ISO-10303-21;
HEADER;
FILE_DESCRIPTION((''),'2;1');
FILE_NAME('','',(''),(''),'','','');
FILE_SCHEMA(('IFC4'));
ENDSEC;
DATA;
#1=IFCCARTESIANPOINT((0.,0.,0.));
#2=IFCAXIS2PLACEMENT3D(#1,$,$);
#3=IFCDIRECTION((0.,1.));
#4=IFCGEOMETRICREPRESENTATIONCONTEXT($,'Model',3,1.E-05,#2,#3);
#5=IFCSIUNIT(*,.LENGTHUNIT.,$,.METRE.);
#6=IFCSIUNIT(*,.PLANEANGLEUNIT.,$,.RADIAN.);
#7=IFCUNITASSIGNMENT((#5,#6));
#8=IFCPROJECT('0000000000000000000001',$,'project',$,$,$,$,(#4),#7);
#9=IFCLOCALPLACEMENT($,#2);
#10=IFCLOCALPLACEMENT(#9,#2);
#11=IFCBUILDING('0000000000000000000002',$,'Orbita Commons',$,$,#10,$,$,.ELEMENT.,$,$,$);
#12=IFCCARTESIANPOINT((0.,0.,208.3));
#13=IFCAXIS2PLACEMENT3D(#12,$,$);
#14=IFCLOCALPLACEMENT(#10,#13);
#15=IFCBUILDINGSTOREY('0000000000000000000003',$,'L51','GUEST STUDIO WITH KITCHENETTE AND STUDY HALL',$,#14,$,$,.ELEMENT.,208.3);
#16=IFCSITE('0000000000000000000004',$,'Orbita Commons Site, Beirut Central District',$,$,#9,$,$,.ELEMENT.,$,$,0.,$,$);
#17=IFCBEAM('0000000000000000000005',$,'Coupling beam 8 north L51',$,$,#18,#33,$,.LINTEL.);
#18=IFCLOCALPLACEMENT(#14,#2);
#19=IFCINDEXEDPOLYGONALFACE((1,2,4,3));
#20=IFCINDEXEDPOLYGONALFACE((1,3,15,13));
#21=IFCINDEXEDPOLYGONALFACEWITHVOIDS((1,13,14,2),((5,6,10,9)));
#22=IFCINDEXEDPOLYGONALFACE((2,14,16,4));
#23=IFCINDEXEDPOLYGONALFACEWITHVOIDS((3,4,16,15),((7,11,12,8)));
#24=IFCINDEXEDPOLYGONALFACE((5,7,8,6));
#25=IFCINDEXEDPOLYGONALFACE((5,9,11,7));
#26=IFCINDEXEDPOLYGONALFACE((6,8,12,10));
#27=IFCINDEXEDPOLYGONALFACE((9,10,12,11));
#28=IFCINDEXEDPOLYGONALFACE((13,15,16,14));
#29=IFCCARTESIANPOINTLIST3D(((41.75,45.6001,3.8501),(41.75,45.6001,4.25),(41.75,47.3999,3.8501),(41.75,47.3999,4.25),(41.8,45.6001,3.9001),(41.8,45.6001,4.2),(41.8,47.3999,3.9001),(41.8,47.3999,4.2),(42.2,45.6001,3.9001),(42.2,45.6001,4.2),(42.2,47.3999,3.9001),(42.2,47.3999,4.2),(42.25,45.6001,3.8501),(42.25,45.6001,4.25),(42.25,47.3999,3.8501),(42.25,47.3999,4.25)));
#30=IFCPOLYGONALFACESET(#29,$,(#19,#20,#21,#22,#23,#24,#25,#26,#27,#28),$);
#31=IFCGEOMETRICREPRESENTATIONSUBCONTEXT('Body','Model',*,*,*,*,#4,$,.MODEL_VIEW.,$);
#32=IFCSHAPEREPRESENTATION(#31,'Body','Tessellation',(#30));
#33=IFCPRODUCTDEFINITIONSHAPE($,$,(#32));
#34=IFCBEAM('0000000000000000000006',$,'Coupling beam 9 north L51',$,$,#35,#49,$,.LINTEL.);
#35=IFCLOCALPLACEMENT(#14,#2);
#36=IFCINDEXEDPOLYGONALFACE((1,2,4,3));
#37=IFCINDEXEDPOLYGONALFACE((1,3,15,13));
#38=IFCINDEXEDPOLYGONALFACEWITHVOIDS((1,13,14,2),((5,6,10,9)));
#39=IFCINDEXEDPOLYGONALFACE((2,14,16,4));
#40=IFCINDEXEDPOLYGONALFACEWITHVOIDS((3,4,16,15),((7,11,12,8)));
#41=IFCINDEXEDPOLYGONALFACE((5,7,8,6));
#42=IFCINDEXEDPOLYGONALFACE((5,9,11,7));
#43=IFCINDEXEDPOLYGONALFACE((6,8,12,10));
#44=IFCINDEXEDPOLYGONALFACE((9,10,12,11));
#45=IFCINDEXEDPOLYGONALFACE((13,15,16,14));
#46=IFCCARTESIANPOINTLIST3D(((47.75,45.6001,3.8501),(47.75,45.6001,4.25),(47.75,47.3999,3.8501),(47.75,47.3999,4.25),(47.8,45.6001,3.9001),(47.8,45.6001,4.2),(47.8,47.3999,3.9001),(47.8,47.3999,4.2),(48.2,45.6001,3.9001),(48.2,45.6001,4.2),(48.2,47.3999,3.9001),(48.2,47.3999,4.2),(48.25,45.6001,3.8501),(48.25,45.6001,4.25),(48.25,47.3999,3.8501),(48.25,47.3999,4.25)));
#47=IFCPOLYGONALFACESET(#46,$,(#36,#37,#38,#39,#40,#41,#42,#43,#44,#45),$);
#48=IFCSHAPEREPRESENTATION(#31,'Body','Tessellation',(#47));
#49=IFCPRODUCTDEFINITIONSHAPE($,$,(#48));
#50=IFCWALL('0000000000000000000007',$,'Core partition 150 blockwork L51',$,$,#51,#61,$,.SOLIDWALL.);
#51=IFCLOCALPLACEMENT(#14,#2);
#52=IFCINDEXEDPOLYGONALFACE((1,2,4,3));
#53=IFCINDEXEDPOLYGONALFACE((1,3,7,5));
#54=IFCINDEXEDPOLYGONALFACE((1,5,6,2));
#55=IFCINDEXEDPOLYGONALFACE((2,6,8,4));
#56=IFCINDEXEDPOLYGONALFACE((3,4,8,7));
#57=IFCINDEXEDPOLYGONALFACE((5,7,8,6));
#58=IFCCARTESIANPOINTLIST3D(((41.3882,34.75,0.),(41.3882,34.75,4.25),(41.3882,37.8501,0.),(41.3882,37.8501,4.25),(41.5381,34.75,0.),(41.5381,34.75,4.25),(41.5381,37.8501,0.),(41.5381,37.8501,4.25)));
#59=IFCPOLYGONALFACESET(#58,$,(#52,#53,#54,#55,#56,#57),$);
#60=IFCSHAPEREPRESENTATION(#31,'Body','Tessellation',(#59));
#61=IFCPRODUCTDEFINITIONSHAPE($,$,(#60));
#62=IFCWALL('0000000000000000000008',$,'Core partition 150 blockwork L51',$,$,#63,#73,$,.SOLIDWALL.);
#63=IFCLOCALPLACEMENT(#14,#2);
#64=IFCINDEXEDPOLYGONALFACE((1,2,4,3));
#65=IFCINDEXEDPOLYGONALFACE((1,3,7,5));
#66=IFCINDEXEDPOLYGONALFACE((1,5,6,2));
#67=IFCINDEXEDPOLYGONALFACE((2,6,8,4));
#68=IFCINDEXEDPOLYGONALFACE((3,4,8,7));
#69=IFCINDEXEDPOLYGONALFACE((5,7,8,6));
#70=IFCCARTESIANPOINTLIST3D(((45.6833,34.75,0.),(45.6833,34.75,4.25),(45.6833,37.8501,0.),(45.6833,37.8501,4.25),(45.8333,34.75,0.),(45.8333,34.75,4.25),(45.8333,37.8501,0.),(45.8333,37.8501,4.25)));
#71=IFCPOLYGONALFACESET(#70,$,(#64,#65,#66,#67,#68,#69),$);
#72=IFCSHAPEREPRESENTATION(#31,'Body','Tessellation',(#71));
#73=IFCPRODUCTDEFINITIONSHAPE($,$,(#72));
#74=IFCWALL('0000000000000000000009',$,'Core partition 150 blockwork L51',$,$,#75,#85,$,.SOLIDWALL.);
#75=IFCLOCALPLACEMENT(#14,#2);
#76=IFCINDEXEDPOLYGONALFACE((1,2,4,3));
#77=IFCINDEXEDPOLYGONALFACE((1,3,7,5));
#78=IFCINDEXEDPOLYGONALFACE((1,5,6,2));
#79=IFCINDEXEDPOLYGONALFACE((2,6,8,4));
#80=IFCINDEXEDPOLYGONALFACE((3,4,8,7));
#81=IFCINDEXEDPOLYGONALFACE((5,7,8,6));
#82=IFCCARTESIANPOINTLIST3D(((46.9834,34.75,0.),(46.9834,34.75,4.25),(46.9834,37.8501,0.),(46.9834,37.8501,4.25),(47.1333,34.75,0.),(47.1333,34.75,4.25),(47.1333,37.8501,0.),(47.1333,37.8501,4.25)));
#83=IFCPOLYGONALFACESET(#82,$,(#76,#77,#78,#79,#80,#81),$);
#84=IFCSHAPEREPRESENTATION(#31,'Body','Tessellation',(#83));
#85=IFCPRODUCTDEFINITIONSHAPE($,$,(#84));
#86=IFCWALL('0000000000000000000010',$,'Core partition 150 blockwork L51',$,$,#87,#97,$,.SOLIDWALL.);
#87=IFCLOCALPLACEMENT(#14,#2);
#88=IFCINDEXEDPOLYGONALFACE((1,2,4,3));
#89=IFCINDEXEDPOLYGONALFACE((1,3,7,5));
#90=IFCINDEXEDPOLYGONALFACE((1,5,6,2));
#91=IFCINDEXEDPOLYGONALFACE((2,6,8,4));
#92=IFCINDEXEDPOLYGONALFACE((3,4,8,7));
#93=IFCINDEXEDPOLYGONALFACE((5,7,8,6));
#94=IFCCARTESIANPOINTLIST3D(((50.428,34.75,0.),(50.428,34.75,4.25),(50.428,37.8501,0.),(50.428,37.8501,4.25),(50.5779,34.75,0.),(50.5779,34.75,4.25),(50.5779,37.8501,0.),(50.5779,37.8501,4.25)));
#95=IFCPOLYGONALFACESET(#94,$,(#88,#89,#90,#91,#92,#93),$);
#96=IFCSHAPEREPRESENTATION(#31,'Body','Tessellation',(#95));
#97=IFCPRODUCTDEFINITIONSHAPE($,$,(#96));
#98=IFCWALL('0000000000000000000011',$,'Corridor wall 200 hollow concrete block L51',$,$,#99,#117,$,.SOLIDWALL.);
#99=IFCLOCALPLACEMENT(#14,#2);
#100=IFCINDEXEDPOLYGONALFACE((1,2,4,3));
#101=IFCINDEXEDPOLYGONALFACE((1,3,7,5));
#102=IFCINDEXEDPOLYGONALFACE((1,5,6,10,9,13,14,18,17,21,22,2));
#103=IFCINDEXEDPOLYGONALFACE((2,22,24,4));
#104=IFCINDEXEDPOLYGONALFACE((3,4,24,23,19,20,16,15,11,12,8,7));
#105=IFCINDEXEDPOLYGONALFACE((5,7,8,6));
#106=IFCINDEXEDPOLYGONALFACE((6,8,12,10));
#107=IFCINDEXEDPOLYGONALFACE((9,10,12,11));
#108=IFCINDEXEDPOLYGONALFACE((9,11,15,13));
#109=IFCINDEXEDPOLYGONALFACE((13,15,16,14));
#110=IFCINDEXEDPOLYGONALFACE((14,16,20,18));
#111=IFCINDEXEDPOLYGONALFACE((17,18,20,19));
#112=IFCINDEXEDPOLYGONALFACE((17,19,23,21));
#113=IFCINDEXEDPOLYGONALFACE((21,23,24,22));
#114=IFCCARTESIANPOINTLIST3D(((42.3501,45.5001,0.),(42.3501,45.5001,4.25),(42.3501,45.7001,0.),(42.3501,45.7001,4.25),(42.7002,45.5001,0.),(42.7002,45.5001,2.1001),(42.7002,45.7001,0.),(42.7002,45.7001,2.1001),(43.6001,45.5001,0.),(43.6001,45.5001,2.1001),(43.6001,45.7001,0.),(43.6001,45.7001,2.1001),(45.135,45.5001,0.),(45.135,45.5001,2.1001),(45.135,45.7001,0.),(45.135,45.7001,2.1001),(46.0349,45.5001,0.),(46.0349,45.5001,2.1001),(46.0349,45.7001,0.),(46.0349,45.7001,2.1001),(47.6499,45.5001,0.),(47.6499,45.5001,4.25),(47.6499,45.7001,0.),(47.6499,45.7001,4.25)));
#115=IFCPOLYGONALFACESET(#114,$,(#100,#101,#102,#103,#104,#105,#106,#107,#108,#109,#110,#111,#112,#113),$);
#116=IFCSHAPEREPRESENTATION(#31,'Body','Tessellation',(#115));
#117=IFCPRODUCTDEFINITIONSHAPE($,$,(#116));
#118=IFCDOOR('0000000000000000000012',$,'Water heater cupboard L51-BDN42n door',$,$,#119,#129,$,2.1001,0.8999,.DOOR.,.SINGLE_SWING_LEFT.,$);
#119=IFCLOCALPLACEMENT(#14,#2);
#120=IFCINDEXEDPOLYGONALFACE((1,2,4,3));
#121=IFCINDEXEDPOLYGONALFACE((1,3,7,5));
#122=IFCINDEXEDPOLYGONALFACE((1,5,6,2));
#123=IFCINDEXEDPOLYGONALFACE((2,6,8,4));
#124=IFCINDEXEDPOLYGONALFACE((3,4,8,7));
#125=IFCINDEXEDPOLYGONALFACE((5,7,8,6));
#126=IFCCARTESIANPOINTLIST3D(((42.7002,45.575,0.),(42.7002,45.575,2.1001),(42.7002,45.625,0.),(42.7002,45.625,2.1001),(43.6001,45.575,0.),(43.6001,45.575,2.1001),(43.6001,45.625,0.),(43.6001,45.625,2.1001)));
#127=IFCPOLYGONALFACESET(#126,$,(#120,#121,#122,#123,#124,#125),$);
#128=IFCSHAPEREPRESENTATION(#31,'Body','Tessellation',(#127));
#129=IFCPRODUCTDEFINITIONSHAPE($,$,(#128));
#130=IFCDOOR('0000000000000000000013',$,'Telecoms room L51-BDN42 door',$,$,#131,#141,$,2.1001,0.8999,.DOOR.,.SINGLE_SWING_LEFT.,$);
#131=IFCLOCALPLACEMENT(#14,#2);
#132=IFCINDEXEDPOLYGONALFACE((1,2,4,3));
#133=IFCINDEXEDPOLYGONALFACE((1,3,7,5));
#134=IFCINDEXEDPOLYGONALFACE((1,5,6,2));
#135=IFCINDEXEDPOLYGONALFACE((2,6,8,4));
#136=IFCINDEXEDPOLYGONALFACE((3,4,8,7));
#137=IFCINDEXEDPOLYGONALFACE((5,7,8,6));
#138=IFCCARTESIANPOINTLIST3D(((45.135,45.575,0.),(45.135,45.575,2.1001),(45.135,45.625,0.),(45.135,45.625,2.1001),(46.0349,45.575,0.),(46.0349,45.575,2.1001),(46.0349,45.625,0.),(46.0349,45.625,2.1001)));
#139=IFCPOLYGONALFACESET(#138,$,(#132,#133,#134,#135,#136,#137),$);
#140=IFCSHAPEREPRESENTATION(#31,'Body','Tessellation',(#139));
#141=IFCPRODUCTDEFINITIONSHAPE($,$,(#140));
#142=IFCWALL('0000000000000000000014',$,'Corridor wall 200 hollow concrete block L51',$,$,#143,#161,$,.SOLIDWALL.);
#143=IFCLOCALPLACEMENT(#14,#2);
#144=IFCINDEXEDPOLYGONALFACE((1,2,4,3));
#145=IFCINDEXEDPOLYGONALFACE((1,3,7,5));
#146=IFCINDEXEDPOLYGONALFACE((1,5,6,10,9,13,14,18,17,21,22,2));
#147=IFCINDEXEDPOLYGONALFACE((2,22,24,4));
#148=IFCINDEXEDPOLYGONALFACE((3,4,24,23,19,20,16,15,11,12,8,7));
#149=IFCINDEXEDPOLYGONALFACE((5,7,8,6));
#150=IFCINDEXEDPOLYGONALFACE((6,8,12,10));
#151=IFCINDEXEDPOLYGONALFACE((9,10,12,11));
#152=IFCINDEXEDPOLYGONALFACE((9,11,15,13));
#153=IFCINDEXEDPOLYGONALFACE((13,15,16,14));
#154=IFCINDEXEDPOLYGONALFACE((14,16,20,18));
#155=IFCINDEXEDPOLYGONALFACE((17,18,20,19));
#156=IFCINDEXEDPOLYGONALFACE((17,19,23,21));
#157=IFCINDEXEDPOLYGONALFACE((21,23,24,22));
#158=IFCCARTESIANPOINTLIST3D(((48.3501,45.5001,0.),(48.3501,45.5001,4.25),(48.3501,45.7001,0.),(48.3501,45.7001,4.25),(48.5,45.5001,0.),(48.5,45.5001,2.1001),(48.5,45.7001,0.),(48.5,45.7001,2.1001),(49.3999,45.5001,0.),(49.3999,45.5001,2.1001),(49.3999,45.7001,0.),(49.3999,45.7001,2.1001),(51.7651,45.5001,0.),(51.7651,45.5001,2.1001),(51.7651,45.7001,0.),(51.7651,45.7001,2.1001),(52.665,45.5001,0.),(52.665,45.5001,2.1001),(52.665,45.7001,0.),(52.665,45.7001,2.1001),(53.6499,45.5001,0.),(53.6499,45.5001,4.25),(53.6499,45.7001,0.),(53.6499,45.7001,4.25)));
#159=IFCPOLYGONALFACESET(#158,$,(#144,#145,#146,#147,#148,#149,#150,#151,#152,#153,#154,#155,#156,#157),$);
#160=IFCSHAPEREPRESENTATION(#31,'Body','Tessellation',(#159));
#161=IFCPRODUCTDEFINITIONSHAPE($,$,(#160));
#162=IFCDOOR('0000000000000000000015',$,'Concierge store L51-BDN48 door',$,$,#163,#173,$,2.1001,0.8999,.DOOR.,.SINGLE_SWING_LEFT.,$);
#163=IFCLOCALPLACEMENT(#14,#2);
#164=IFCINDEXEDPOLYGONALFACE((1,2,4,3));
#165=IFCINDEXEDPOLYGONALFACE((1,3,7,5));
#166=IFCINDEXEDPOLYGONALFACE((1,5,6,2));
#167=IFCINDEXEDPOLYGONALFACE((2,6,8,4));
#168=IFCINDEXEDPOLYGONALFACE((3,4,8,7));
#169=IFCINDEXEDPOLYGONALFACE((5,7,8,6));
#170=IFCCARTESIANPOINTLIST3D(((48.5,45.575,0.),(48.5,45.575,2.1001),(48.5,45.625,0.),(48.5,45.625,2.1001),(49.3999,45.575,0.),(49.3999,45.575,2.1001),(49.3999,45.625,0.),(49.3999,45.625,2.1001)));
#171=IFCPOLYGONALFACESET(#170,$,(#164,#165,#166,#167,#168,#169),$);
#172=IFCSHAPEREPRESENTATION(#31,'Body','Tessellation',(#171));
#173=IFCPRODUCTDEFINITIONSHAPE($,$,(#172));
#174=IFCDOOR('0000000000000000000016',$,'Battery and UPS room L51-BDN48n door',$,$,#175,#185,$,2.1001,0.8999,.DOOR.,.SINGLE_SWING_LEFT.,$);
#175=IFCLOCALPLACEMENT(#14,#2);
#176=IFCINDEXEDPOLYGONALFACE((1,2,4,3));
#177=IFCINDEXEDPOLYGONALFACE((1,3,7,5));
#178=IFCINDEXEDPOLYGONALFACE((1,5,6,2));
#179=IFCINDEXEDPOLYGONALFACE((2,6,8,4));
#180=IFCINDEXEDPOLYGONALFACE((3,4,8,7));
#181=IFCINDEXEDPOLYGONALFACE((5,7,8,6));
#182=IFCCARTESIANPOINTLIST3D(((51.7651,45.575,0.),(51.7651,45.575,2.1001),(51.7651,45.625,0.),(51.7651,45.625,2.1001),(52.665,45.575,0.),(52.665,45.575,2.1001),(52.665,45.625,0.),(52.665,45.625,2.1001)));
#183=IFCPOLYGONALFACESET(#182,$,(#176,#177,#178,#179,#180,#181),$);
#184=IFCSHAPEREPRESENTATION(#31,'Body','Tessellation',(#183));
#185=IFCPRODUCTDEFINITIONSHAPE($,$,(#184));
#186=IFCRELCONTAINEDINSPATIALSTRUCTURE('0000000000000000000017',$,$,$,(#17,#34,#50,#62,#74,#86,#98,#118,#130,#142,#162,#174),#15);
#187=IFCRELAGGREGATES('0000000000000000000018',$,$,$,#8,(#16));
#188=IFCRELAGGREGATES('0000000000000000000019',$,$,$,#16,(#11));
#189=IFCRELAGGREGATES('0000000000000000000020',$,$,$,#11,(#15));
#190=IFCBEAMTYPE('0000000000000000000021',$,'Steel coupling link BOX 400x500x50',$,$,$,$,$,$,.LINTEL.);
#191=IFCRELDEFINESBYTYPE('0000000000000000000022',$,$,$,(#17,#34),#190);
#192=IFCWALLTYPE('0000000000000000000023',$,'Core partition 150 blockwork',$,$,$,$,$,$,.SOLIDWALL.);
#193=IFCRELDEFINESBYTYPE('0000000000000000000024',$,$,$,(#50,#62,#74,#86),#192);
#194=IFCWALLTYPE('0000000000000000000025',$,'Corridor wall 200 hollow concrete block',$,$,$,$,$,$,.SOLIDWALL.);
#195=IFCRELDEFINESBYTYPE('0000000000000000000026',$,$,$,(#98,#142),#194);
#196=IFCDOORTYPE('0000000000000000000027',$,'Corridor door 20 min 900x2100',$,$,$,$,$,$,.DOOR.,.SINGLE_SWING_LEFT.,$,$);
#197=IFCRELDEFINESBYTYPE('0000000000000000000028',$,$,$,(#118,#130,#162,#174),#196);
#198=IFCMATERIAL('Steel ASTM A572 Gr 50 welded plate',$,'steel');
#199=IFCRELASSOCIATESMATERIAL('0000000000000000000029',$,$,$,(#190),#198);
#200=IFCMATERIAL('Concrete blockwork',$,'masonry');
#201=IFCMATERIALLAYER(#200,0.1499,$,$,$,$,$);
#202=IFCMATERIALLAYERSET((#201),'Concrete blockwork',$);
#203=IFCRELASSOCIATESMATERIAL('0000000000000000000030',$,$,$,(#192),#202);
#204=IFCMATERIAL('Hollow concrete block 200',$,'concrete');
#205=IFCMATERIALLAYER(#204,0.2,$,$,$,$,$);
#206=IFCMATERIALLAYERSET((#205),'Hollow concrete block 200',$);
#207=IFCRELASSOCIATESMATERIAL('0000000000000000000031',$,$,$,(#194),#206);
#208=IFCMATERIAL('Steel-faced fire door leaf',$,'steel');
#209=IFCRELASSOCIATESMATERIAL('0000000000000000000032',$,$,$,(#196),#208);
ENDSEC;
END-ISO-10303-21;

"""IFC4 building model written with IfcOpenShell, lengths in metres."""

from ifc_helpers import new_model, si_unit, direction, frame, frame_2d, origin, origin_2d, place, context, subcontext, project, spatial, rectangle, hollow_rectangle, extrude, material, layer, layer_set, material_profile, profile_set, type_object, element, fill, save


model = new_model("IFC4")

# Units and contexts
model_context = context("Model", 3, precision=1e-05, world=origin(), true_north=direction((0.0, 1.0)))
body_context = subcontext(model_context, "Body", "Model", "MODEL_VIEW")
ifc_project = project(units=[si_unit("LENGTHUNIT", "METRE"), si_unit("PLANEANGLEUNIT", "RADIAN")], contexts=[model_context])

# Site, building, storey
site_placement = place(None, origin())
site = spatial("IfcSite", under=ifc_project, at=site_placement, Name="Orbita Commons Site, Beirut Central District", CompositionType="ELEMENT", RefElevation=0.0)
building_placement = place(site_placement, origin())
building = spatial("IfcBuilding", under=site, at=building_placement, Name="Orbita Commons", CompositionType="ELEMENT")
storey_placement = place(building_placement, frame((0.0, 0.0, 208.3)))
storey = spatial("IfcBuildingStorey", under=building, at=storey_placement, Name="L51", Description="GUEST STUDIO WITH KITCHENETTE AND STUDY HALL", CompositionType="ELEMENT", Elevation=208.3)

# Beams
ifc_material_1 = material(Name="Steel ASTM A572 Gr 50 welded plate", Category="steel")
ifc_material_profile = material_profile(ifc_material_1, hollow_rectangle(XDim=0.5, YDim=0.3999, WallThickness=0.05, at=origin_2d()), Name="BOX 400x500x50")
ifc_profile_set = profile_set([ifc_material_profile], Name="Steel ASTM A572 Gr 50 welded plate")
beam_type = type_object("IfcBeamType", Name="Steel coupling link BOX 400x500x50", PredefinedType="LINTEL", material=ifc_profile_set)
for number, where, z_axis, x_axis, name in (
    (1, (42.0, 45.6001, 4.05), (0.0, 1.0, 0.0), (-1.0, 0.0, 0.0), "Coupling beam 8 north L51"),
    (2, (48.0, 45.6001, 4.05), (0.0, 1.0, 0.0), (-1.0, 0.0, 0.0), "Coupling beam 9 north L51"),
):
    element("IfcBeam", number, at=place(storey_placement, frame(where, z_axis=z_axis, x_axis=x_axis)), inside=storey, type_object=beam_type, Name=name, PredefinedType="LINTEL", context=body_context, shape_type="SweptSolid", body=[
        extrude(hollow_rectangle(XDim=0.5, YDim=0.3999, WallThickness=0.05, at=origin_2d()), origin(), (0.0, 0.0, 1.0), 1.7998),
    ])

# Walls
ifc_material_2 = material(Name="Concrete blockwork", Category="masonry")
ifc_layer_1 = layer(ifc_material_2, 0.1499)
ifc_layer_set_1 = layer_set([ifc_layer_1], Name="Concrete blockwork")
wall_type_1 = type_object("IfcWallType", Name="Core partition 150 blockwork", PredefinedType="SOLIDWALL", material=ifc_layer_set_1)
for number, where, z_axis, x_axis, name in (
    (3, (41.4631, 34.75, 0.0), (0.0, 0.0, 1.0), (0.0, 1.0, 0.0), "Core partition 150 blockwork L51"),
    (4, (45.7583, 34.75, 0.0), (0.0, 0.0, 1.0), (0.0, 1.0, 0.0), "Core partition 150 blockwork L51"),
    (5, (47.0583, 34.75, 0.0), (0.0, 0.0, 1.0), (0.0, 1.0, 0.0), "Core partition 150 blockwork L51"),
    (6, (50.5029, 34.75, 0.0), (0.0, 0.0, 1.0), (0.0, 1.0, 0.0), "Core partition 150 blockwork L51"),
):
    element("IfcWall", number, at=place(storey_placement, frame(where, z_axis=z_axis, x_axis=x_axis)), inside=storey, type_object=wall_type_1, Name=name, PredefinedType="SOLIDWALL", context=body_context, shape_type="SweptSolid", body=[
        extrude(rectangle(XDim=3.1001, YDim=0.1499, at=frame_2d((1.55, 0.0))), origin(), (0.0, 0.0, 1.0), 4.25),
    ])

# Walls, openings, doors
ifc_material_3 = material(Name="Hollow concrete block 200", Category="concrete")
ifc_layer_2 = layer(ifc_material_3, 0.2)
ifc_layer_set_2 = layer_set([ifc_layer_2], Name="Hollow concrete block 200")
wall_type_2 = type_object("IfcWallType", Name="Corridor wall 200 hollow concrete block", PredefinedType="SOLIDWALL", material=ifc_layer_set_2)
wall_1_placement = place(storey_placement, frame((42.3501, 45.6001, 0.0), z_axis=(0.0, 0.0, 1.0), x_axis=(1.0, 0.0, 0.0)))
wall_1 = element("IfcWall", 7, at=wall_1_placement, inside=storey, type_object=wall_type_2, Name="Corridor wall 200 hollow concrete block L51", PredefinedType="SOLIDWALL", context=body_context, shape_type="SweptSolid", body=[
    extrude(rectangle(XDim=5.2998, YDim=0.2, at=frame_2d((2.6499, 0.0))), origin(), (0.0, 0.0, 1.0), 4.25),
])
opening_1_placement = place(wall_1_placement, frame((0.3501, 0.0, 0.0)))
opening_1 = element("IfcOpeningElement", 8, at=opening_1_placement, cuts=wall_1, PredefinedType="OPENING", context=body_context, shape_type="SweptSolid", body=[
    extrude(rectangle(XDim=0.8999, YDim=2.1001, at=frame_2d((0.45, 1.05))), frame((0.0, 0.1099, 0.0), z_axis=(0.0, -1.0, 0.0), x_axis=(1.0, 0.0, 0.0)), (0.0, 0.0, 1.0), 0.22),
])
opening_2_placement = place(wall_1_placement, frame((2.7849, 0.0, 0.0)))
opening_2 = element("IfcOpeningElement", 9, at=opening_2_placement, cuts=wall_1, PredefinedType="OPENING", context=body_context, shape_type="SweptSolid", body=[
    extrude(rectangle(XDim=0.8999, YDim=2.1001, at=frame_2d((0.45, 1.05))), frame((0.0, 0.1099, 0.0), z_axis=(0.0, -1.0, 0.0), x_axis=(1.0, 0.0, 0.0)), (0.0, 0.0, 1.0), 0.22),
])
ifc_material_4 = material(Name="Steel-faced fire door leaf", Category="steel")
door_type = type_object("IfcDoorType", Name="Corridor door 20 min 900x2100", OperationType="SINGLE_SWING_LEFT", PredefinedType="DOOR", material=ifc_material_4)
door_1_placement = place(opening_1_placement, origin())
door_1 = element("IfcDoor", 10, at=door_1_placement, inside=storey, type_object=door_type, Name="Water heater cupboard L51-BDN42n door", OperationType="SINGLE_SWING_LEFT", OverallHeight=2.1001, OverallWidth=0.8999, PredefinedType="DOOR", context=body_context, shape_type="SweptSolid", body=[
    extrude(rectangle(XDim=0.8999, YDim=2.1001, at=frame_2d((0.45, 1.05))), frame((0.0, 0.0249, 0.0), z_axis=(0.0, -1.0, 0.0), x_axis=(1.0, 0.0, 0.0)), (0.0, 0.0, 1.0), 0.05),
])
fill(opening_1, door_1)
door_2_placement = place(opening_2_placement, origin())
door_2 = element("IfcDoor", 11, at=door_2_placement, inside=storey, type_object=door_type, Name="Telecoms room L51-BDN42 door", OperationType="SINGLE_SWING_LEFT", OverallHeight=2.1001, OverallWidth=0.8999, PredefinedType="DOOR", context=body_context, shape_type="SweptSolid", body=[
    extrude(rectangle(XDim=0.8999, YDim=2.1001, at=frame_2d((0.45, 1.05))), frame((0.0, 0.0249, 0.0), z_axis=(0.0, -1.0, 0.0), x_axis=(1.0, 0.0, 0.0)), (0.0, 0.0, 1.0), 0.05),
])
fill(opening_2, door_2)
wall_2_placement = place(storey_placement, frame((48.3501, 45.6001, 0.0), z_axis=(0.0, 0.0, 1.0), x_axis=(1.0, 0.0, 0.0)))
wall_2 = element("IfcWall", 12, at=wall_2_placement, inside=storey, type_object=wall_type_2, Name="Corridor wall 200 hollow concrete block L51", PredefinedType="SOLIDWALL", context=body_context, shape_type="SweptSolid", body=[
    extrude(rectangle(XDim=5.2998, YDim=0.2, at=frame_2d((2.6499, 0.0))), origin(), (0.0, 0.0, 1.0), 4.25),
])
opening_3_placement = place(wall_2_placement, frame((0.1499, 0.0, 0.0)))
opening_3 = element("IfcOpeningElement", 13, at=opening_3_placement, cuts=wall_2, PredefinedType="OPENING", context=body_context, shape_type="SweptSolid", body=[
    extrude(rectangle(XDim=0.8999, YDim=2.1001, at=frame_2d((0.45, 1.05))), frame((0.0, 0.1099, 0.0), z_axis=(0.0, -1.0, 0.0), x_axis=(1.0, 0.0, 0.0)), (0.0, 0.0, 1.0), 0.22),
])
opening_4_placement = place(wall_2_placement, frame((3.415, 0.0, 0.0)))
opening_4 = element("IfcOpeningElement", 14, at=opening_4_placement, cuts=wall_2, PredefinedType="OPENING", context=body_context, shape_type="SweptSolid", body=[
    extrude(rectangle(XDim=0.8999, YDim=2.1001, at=frame_2d((0.45, 1.05))), frame((0.0, 0.1099, 0.0), z_axis=(0.0, -1.0, 0.0), x_axis=(1.0, 0.0, 0.0)), (0.0, 0.0, 1.0), 0.22),
])
door_3_placement = place(opening_3_placement, origin())
door_3 = element("IfcDoor", 15, at=door_3_placement, inside=storey, type_object=door_type, Name="Concierge store L51-BDN48 door", OperationType="SINGLE_SWING_LEFT", OverallHeight=2.1001, OverallWidth=0.8999, PredefinedType="DOOR", context=body_context, shape_type="SweptSolid", body=[
    extrude(rectangle(XDim=0.8999, YDim=2.1001, at=frame_2d((0.45, 1.05))), frame((0.0, 0.0249, 0.0), z_axis=(0.0, -1.0, 0.0), x_axis=(1.0, 0.0, 0.0)), (0.0, 0.0, 1.0), 0.05),
])
fill(opening_3, door_3)
door_4_placement = place(opening_4_placement, origin())
door_4 = element("IfcDoor", 16, at=door_4_placement, inside=storey, type_object=door_type, Name="Battery and UPS room L51-BDN48n door", OperationType="SINGLE_SWING_LEFT", OverallHeight=2.1001, OverallWidth=0.8999, PredefinedType="DOOR", context=body_context, shape_type="SweptSolid", body=[
    extrude(rectangle(XDim=0.8999, YDim=2.1001, at=frame_2d((0.45, 1.05))), frame((0.0, 0.0249, 0.0), z_axis=(0.0, -1.0, 0.0), x_axis=(1.0, 0.0, 0.0)), (0.0, 0.0, 1.0), 0.05),
])
fill(opening_4, door_4)

save(model, "model.ifc")
